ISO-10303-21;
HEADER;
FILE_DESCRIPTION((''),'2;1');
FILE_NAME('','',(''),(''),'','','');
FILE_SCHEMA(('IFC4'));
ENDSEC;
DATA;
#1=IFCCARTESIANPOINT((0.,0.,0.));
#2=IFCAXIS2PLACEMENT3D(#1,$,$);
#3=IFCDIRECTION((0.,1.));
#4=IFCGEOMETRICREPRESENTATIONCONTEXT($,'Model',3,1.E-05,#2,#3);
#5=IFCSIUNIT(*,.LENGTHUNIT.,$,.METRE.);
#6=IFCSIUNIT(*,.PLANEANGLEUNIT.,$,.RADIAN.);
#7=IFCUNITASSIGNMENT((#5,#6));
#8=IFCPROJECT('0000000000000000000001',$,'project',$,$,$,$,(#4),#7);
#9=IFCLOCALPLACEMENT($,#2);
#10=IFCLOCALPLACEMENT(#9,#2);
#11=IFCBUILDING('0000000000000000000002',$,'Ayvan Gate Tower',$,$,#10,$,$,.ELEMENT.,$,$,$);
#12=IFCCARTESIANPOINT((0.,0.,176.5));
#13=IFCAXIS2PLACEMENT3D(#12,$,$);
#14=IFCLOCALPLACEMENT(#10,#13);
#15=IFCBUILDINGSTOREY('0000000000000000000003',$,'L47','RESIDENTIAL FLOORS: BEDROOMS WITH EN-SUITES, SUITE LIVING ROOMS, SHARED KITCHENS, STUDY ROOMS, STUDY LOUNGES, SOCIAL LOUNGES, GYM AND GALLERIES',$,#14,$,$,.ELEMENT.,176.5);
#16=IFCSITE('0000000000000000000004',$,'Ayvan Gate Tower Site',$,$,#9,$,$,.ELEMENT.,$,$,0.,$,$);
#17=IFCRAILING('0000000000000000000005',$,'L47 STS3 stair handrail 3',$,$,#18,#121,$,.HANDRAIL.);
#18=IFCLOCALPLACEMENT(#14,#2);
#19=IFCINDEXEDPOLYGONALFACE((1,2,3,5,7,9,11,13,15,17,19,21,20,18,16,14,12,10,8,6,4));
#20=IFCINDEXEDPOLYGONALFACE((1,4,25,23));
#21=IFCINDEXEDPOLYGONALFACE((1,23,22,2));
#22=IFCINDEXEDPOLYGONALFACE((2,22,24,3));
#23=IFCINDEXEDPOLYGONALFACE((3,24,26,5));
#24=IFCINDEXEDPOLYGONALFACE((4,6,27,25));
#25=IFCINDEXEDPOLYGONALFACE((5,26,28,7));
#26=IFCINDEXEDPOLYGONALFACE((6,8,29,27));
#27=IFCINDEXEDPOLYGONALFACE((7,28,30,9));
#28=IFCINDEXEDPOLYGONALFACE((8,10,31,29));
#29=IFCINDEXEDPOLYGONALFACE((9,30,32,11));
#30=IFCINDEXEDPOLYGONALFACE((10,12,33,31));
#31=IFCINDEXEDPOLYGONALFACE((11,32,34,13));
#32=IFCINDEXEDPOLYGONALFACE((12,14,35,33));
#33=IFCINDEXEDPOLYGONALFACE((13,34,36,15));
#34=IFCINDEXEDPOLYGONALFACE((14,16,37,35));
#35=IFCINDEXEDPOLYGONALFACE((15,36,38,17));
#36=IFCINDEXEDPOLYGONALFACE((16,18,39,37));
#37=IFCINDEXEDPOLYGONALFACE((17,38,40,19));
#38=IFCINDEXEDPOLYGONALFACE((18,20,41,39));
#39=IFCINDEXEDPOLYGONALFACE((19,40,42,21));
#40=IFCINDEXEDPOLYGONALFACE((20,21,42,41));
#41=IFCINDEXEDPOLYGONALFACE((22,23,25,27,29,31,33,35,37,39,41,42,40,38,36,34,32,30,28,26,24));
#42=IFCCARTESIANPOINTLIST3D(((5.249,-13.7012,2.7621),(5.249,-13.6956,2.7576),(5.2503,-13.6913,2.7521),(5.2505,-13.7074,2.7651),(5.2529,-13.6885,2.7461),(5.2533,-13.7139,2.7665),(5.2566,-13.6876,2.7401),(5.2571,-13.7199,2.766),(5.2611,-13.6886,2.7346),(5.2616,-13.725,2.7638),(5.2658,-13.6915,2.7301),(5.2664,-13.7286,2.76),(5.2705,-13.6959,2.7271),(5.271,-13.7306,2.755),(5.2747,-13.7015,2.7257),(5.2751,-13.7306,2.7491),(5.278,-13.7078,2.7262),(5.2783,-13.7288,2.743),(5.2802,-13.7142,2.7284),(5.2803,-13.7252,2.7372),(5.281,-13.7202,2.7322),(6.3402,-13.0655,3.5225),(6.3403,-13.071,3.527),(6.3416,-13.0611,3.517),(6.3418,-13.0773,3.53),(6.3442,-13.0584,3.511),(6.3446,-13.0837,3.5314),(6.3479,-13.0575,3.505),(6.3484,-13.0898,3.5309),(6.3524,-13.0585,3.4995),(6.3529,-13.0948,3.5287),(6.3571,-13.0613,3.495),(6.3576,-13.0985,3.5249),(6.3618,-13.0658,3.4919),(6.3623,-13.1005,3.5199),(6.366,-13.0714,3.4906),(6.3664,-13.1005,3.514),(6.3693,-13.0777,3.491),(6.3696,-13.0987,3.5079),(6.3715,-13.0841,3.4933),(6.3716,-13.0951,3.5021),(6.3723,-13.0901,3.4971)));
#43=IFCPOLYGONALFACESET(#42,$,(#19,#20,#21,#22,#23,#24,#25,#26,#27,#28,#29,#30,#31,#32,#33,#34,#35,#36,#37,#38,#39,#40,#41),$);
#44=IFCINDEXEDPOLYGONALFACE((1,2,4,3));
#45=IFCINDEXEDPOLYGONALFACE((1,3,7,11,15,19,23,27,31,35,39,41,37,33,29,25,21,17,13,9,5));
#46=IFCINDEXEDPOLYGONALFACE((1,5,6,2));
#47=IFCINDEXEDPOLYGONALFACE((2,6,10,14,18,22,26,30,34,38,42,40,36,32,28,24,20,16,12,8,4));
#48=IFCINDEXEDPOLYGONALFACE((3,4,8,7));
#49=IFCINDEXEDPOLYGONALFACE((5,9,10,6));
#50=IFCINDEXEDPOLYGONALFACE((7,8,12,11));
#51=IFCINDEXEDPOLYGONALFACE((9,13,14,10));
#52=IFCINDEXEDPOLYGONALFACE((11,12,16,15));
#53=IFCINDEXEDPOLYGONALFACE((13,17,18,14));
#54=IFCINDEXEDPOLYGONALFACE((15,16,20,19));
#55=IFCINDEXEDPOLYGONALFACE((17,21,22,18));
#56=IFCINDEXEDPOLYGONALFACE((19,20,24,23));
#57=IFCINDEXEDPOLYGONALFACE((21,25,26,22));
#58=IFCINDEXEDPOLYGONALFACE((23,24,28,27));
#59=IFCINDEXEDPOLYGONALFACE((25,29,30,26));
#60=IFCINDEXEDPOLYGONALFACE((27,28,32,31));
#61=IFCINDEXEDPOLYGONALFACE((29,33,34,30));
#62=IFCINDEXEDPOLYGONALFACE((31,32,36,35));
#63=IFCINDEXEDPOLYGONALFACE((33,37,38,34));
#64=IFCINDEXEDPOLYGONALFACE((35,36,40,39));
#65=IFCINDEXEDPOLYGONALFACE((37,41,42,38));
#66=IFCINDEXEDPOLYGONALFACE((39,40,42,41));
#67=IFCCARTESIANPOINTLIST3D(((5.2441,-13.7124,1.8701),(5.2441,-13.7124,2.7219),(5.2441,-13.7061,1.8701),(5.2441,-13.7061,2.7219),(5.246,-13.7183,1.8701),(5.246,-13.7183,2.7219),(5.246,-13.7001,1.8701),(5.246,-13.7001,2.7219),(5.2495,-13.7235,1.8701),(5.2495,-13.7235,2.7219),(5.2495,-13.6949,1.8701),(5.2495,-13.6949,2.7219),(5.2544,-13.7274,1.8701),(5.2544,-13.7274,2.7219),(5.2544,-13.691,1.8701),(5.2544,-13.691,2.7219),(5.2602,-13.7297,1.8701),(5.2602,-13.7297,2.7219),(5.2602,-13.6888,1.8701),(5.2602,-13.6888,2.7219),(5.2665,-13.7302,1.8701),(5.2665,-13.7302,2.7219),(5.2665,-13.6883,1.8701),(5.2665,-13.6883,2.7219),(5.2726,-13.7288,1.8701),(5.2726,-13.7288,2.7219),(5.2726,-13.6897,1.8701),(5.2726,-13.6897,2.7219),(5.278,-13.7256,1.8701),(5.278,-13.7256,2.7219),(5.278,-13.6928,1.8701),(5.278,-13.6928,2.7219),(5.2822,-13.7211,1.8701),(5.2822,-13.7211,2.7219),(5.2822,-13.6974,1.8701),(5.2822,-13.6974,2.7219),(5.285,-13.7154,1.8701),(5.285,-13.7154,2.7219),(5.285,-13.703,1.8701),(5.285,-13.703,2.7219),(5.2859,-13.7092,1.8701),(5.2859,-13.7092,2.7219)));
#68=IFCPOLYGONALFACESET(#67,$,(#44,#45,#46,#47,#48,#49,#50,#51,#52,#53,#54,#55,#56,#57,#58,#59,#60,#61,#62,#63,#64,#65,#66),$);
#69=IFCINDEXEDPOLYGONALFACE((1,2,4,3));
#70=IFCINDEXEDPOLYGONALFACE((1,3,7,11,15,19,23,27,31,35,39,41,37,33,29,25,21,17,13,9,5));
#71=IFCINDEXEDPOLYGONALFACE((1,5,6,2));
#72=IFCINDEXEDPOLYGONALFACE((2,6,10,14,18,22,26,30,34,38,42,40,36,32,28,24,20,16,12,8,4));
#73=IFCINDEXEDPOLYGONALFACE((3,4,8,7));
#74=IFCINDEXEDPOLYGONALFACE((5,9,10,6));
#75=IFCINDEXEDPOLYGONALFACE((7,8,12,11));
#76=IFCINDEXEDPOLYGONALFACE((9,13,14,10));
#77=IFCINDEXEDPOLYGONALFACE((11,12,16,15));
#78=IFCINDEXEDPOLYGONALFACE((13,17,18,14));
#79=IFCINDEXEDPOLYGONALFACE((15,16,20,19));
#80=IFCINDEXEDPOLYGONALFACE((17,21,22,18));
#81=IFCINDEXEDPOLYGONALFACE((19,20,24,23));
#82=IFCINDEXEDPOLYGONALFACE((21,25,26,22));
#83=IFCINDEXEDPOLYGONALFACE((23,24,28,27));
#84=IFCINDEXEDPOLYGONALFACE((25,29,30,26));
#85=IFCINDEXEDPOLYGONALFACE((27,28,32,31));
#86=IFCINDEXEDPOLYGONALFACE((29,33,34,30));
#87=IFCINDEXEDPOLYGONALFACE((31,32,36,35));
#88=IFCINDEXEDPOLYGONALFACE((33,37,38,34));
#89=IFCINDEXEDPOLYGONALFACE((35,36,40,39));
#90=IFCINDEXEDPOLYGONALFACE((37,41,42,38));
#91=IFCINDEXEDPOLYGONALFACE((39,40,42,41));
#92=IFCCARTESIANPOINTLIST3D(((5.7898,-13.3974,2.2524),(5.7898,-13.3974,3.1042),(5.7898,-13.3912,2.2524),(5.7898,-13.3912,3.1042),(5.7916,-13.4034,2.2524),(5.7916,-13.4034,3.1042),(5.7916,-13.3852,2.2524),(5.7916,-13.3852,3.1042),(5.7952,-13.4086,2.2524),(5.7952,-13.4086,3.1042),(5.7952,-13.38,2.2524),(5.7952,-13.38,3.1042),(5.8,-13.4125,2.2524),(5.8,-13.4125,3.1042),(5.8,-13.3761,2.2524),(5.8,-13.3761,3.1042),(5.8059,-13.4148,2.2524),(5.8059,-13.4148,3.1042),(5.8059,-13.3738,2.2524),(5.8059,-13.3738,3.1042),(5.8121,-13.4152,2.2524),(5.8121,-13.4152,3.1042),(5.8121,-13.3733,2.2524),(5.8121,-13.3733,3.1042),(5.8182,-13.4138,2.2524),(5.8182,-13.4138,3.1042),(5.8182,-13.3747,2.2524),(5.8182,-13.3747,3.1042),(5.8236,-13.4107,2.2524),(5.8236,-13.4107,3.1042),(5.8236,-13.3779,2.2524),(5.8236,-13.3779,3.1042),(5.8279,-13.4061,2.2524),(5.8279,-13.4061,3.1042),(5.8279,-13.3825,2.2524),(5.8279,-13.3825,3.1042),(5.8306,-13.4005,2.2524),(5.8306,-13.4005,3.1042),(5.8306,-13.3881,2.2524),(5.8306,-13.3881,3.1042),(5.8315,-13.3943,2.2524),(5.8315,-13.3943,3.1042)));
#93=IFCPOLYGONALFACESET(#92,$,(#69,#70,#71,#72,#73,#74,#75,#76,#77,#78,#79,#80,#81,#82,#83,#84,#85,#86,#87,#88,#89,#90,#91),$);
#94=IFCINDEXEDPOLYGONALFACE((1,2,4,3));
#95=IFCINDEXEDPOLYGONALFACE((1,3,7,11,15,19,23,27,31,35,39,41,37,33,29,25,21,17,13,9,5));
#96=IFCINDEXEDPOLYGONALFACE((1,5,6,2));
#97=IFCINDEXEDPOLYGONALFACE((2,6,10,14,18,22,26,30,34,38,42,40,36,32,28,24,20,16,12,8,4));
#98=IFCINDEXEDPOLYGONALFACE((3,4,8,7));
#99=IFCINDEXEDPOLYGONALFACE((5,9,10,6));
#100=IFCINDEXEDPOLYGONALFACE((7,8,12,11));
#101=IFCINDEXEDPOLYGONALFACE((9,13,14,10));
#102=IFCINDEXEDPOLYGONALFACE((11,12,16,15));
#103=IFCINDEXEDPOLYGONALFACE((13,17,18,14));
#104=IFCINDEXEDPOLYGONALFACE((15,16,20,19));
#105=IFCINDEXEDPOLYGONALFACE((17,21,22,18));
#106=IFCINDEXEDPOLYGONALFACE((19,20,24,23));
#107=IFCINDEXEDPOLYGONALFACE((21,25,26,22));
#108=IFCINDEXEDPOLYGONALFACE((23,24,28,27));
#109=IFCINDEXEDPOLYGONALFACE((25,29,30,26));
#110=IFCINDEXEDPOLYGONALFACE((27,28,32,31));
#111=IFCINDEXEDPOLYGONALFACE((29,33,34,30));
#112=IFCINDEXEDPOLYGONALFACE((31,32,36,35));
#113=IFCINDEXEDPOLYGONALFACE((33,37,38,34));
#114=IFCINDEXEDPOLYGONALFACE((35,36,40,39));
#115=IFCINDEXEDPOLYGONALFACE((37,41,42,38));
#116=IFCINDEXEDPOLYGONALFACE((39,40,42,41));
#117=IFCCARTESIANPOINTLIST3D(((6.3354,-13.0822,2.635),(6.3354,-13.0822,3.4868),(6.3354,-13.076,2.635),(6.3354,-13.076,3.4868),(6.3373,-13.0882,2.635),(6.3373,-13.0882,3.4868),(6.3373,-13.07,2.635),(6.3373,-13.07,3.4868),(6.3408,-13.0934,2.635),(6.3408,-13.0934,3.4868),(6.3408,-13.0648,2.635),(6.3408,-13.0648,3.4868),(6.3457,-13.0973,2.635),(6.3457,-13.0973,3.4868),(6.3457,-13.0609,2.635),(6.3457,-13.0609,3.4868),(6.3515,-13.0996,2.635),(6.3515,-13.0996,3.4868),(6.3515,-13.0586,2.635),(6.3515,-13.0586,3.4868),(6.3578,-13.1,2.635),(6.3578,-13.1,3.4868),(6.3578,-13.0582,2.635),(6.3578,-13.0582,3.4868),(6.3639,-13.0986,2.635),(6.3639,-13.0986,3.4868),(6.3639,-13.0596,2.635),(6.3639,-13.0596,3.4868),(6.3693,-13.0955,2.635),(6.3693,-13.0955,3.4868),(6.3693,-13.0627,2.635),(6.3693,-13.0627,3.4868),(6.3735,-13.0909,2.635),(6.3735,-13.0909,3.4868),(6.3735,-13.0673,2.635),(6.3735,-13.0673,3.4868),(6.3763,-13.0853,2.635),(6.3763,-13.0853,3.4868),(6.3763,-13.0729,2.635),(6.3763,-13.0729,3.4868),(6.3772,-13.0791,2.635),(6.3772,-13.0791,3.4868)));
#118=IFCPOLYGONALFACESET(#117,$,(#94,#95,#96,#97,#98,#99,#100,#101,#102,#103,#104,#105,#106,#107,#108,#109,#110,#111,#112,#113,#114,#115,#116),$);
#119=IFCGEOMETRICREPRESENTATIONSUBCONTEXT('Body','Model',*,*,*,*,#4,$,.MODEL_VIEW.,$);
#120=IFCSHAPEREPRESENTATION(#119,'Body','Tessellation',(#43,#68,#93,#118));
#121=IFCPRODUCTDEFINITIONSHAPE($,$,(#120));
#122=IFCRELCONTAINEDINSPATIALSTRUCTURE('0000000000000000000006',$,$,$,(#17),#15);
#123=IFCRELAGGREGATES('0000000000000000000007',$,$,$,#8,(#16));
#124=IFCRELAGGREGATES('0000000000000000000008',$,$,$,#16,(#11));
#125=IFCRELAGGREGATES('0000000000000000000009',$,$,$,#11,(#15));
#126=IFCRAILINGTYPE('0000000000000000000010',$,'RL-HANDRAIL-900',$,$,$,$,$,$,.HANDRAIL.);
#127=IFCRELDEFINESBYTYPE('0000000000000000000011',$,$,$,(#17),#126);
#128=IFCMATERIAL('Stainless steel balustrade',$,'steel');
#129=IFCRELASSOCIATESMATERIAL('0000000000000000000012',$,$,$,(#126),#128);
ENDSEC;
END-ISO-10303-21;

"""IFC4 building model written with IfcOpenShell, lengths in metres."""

from ifc_helpers import new_model, si_unit, direction, frame, origin, origin_2d, place, context, subcontext, project, spatial, circle, extrude, material, type_object, element, save


model = new_model("IFC4")

# Units and contexts
model_context = context("Model", 3, precision=1e-05, world=origin(), true_north=direction((0.0, 1.0)))
body_context = subcontext(model_context, "Body", "Model", "MODEL_VIEW")
ifc_project = project(units=[si_unit("LENGTHUNIT", "METRE"), si_unit("PLANEANGLEUNIT", "RADIAN")], contexts=[model_context])

# Site, building, storey
site_placement = place(None, origin())
site = spatial("IfcSite", under=ifc_project, at=site_placement, Name="Ayvan Gate Tower Site", CompositionType="ELEMENT", RefElevation=0.0)
building_placement = place(site_placement, origin())
building = spatial("IfcBuilding", under=site, at=building_placement, Name="Ayvan Gate Tower", CompositionType="ELEMENT")
storey_placement = place(building_placement, frame((0.0, 0.0, 176.5)))
storey = spatial("IfcBuildingStorey", under=building, at=storey_placement, Name="L47", Description="RESIDENTIAL FLOORS: BEDROOMS WITH EN-SUITES, SUITE LIVING ROOMS, SHARED KITCHENS, STUDY ROOMS, STUDY LOUNGES, SOCIAL LOUNGES, GYM AND GALLERIES", CompositionType="ELEMENT", Elevation=176.5)

# Railing
ifc_material_1 = material(Name="Stainless steel balustrade", Category="steel")
railing_type_1 = type_object("IfcRailingType", Name="RL-HANDRAIL-900", PredefinedType="HANDRAIL", material=ifc_material_1)
railing_1_placement = place(storey_placement, frame((5.2649, -13.7092, 1.8701)))
element("IfcRailing", 1, at=railing_1_placement, inside=storey, type_object=railing_type_1, Name="L47 STS3 stair handrail 3", PredefinedType="HANDRAIL", context=body_context, shape_type="SweptSolid", body=[
    extrude(circle(Radius=0.0239, at=origin_2d()), frame((0.0, 0.0, 0.876), z_axis=(0.740304, 0.427455, 0.518875), x_axis=(-0.500035, 0.866005, 0.0)), (0.0, 0.0, 1.0), 1.4741),
    extrude(circle(Radius=0.021, at=origin_2d()), origin(), (0.0, 0.0, 1.0), 0.8518),
    extrude(circle(Radius=0.021, at=origin_2d()), frame((0.5457, 0.3149, 0.3823)), (0.0, 0.0, 1.0), 0.8518),
    extrude(circle(Radius=0.021, at=origin_2d()), frame((1.0913, 0.6301, 0.7649)), (0.0, 0.0, 1.0), 0.8518),
])

save(model, "model.ifc")
